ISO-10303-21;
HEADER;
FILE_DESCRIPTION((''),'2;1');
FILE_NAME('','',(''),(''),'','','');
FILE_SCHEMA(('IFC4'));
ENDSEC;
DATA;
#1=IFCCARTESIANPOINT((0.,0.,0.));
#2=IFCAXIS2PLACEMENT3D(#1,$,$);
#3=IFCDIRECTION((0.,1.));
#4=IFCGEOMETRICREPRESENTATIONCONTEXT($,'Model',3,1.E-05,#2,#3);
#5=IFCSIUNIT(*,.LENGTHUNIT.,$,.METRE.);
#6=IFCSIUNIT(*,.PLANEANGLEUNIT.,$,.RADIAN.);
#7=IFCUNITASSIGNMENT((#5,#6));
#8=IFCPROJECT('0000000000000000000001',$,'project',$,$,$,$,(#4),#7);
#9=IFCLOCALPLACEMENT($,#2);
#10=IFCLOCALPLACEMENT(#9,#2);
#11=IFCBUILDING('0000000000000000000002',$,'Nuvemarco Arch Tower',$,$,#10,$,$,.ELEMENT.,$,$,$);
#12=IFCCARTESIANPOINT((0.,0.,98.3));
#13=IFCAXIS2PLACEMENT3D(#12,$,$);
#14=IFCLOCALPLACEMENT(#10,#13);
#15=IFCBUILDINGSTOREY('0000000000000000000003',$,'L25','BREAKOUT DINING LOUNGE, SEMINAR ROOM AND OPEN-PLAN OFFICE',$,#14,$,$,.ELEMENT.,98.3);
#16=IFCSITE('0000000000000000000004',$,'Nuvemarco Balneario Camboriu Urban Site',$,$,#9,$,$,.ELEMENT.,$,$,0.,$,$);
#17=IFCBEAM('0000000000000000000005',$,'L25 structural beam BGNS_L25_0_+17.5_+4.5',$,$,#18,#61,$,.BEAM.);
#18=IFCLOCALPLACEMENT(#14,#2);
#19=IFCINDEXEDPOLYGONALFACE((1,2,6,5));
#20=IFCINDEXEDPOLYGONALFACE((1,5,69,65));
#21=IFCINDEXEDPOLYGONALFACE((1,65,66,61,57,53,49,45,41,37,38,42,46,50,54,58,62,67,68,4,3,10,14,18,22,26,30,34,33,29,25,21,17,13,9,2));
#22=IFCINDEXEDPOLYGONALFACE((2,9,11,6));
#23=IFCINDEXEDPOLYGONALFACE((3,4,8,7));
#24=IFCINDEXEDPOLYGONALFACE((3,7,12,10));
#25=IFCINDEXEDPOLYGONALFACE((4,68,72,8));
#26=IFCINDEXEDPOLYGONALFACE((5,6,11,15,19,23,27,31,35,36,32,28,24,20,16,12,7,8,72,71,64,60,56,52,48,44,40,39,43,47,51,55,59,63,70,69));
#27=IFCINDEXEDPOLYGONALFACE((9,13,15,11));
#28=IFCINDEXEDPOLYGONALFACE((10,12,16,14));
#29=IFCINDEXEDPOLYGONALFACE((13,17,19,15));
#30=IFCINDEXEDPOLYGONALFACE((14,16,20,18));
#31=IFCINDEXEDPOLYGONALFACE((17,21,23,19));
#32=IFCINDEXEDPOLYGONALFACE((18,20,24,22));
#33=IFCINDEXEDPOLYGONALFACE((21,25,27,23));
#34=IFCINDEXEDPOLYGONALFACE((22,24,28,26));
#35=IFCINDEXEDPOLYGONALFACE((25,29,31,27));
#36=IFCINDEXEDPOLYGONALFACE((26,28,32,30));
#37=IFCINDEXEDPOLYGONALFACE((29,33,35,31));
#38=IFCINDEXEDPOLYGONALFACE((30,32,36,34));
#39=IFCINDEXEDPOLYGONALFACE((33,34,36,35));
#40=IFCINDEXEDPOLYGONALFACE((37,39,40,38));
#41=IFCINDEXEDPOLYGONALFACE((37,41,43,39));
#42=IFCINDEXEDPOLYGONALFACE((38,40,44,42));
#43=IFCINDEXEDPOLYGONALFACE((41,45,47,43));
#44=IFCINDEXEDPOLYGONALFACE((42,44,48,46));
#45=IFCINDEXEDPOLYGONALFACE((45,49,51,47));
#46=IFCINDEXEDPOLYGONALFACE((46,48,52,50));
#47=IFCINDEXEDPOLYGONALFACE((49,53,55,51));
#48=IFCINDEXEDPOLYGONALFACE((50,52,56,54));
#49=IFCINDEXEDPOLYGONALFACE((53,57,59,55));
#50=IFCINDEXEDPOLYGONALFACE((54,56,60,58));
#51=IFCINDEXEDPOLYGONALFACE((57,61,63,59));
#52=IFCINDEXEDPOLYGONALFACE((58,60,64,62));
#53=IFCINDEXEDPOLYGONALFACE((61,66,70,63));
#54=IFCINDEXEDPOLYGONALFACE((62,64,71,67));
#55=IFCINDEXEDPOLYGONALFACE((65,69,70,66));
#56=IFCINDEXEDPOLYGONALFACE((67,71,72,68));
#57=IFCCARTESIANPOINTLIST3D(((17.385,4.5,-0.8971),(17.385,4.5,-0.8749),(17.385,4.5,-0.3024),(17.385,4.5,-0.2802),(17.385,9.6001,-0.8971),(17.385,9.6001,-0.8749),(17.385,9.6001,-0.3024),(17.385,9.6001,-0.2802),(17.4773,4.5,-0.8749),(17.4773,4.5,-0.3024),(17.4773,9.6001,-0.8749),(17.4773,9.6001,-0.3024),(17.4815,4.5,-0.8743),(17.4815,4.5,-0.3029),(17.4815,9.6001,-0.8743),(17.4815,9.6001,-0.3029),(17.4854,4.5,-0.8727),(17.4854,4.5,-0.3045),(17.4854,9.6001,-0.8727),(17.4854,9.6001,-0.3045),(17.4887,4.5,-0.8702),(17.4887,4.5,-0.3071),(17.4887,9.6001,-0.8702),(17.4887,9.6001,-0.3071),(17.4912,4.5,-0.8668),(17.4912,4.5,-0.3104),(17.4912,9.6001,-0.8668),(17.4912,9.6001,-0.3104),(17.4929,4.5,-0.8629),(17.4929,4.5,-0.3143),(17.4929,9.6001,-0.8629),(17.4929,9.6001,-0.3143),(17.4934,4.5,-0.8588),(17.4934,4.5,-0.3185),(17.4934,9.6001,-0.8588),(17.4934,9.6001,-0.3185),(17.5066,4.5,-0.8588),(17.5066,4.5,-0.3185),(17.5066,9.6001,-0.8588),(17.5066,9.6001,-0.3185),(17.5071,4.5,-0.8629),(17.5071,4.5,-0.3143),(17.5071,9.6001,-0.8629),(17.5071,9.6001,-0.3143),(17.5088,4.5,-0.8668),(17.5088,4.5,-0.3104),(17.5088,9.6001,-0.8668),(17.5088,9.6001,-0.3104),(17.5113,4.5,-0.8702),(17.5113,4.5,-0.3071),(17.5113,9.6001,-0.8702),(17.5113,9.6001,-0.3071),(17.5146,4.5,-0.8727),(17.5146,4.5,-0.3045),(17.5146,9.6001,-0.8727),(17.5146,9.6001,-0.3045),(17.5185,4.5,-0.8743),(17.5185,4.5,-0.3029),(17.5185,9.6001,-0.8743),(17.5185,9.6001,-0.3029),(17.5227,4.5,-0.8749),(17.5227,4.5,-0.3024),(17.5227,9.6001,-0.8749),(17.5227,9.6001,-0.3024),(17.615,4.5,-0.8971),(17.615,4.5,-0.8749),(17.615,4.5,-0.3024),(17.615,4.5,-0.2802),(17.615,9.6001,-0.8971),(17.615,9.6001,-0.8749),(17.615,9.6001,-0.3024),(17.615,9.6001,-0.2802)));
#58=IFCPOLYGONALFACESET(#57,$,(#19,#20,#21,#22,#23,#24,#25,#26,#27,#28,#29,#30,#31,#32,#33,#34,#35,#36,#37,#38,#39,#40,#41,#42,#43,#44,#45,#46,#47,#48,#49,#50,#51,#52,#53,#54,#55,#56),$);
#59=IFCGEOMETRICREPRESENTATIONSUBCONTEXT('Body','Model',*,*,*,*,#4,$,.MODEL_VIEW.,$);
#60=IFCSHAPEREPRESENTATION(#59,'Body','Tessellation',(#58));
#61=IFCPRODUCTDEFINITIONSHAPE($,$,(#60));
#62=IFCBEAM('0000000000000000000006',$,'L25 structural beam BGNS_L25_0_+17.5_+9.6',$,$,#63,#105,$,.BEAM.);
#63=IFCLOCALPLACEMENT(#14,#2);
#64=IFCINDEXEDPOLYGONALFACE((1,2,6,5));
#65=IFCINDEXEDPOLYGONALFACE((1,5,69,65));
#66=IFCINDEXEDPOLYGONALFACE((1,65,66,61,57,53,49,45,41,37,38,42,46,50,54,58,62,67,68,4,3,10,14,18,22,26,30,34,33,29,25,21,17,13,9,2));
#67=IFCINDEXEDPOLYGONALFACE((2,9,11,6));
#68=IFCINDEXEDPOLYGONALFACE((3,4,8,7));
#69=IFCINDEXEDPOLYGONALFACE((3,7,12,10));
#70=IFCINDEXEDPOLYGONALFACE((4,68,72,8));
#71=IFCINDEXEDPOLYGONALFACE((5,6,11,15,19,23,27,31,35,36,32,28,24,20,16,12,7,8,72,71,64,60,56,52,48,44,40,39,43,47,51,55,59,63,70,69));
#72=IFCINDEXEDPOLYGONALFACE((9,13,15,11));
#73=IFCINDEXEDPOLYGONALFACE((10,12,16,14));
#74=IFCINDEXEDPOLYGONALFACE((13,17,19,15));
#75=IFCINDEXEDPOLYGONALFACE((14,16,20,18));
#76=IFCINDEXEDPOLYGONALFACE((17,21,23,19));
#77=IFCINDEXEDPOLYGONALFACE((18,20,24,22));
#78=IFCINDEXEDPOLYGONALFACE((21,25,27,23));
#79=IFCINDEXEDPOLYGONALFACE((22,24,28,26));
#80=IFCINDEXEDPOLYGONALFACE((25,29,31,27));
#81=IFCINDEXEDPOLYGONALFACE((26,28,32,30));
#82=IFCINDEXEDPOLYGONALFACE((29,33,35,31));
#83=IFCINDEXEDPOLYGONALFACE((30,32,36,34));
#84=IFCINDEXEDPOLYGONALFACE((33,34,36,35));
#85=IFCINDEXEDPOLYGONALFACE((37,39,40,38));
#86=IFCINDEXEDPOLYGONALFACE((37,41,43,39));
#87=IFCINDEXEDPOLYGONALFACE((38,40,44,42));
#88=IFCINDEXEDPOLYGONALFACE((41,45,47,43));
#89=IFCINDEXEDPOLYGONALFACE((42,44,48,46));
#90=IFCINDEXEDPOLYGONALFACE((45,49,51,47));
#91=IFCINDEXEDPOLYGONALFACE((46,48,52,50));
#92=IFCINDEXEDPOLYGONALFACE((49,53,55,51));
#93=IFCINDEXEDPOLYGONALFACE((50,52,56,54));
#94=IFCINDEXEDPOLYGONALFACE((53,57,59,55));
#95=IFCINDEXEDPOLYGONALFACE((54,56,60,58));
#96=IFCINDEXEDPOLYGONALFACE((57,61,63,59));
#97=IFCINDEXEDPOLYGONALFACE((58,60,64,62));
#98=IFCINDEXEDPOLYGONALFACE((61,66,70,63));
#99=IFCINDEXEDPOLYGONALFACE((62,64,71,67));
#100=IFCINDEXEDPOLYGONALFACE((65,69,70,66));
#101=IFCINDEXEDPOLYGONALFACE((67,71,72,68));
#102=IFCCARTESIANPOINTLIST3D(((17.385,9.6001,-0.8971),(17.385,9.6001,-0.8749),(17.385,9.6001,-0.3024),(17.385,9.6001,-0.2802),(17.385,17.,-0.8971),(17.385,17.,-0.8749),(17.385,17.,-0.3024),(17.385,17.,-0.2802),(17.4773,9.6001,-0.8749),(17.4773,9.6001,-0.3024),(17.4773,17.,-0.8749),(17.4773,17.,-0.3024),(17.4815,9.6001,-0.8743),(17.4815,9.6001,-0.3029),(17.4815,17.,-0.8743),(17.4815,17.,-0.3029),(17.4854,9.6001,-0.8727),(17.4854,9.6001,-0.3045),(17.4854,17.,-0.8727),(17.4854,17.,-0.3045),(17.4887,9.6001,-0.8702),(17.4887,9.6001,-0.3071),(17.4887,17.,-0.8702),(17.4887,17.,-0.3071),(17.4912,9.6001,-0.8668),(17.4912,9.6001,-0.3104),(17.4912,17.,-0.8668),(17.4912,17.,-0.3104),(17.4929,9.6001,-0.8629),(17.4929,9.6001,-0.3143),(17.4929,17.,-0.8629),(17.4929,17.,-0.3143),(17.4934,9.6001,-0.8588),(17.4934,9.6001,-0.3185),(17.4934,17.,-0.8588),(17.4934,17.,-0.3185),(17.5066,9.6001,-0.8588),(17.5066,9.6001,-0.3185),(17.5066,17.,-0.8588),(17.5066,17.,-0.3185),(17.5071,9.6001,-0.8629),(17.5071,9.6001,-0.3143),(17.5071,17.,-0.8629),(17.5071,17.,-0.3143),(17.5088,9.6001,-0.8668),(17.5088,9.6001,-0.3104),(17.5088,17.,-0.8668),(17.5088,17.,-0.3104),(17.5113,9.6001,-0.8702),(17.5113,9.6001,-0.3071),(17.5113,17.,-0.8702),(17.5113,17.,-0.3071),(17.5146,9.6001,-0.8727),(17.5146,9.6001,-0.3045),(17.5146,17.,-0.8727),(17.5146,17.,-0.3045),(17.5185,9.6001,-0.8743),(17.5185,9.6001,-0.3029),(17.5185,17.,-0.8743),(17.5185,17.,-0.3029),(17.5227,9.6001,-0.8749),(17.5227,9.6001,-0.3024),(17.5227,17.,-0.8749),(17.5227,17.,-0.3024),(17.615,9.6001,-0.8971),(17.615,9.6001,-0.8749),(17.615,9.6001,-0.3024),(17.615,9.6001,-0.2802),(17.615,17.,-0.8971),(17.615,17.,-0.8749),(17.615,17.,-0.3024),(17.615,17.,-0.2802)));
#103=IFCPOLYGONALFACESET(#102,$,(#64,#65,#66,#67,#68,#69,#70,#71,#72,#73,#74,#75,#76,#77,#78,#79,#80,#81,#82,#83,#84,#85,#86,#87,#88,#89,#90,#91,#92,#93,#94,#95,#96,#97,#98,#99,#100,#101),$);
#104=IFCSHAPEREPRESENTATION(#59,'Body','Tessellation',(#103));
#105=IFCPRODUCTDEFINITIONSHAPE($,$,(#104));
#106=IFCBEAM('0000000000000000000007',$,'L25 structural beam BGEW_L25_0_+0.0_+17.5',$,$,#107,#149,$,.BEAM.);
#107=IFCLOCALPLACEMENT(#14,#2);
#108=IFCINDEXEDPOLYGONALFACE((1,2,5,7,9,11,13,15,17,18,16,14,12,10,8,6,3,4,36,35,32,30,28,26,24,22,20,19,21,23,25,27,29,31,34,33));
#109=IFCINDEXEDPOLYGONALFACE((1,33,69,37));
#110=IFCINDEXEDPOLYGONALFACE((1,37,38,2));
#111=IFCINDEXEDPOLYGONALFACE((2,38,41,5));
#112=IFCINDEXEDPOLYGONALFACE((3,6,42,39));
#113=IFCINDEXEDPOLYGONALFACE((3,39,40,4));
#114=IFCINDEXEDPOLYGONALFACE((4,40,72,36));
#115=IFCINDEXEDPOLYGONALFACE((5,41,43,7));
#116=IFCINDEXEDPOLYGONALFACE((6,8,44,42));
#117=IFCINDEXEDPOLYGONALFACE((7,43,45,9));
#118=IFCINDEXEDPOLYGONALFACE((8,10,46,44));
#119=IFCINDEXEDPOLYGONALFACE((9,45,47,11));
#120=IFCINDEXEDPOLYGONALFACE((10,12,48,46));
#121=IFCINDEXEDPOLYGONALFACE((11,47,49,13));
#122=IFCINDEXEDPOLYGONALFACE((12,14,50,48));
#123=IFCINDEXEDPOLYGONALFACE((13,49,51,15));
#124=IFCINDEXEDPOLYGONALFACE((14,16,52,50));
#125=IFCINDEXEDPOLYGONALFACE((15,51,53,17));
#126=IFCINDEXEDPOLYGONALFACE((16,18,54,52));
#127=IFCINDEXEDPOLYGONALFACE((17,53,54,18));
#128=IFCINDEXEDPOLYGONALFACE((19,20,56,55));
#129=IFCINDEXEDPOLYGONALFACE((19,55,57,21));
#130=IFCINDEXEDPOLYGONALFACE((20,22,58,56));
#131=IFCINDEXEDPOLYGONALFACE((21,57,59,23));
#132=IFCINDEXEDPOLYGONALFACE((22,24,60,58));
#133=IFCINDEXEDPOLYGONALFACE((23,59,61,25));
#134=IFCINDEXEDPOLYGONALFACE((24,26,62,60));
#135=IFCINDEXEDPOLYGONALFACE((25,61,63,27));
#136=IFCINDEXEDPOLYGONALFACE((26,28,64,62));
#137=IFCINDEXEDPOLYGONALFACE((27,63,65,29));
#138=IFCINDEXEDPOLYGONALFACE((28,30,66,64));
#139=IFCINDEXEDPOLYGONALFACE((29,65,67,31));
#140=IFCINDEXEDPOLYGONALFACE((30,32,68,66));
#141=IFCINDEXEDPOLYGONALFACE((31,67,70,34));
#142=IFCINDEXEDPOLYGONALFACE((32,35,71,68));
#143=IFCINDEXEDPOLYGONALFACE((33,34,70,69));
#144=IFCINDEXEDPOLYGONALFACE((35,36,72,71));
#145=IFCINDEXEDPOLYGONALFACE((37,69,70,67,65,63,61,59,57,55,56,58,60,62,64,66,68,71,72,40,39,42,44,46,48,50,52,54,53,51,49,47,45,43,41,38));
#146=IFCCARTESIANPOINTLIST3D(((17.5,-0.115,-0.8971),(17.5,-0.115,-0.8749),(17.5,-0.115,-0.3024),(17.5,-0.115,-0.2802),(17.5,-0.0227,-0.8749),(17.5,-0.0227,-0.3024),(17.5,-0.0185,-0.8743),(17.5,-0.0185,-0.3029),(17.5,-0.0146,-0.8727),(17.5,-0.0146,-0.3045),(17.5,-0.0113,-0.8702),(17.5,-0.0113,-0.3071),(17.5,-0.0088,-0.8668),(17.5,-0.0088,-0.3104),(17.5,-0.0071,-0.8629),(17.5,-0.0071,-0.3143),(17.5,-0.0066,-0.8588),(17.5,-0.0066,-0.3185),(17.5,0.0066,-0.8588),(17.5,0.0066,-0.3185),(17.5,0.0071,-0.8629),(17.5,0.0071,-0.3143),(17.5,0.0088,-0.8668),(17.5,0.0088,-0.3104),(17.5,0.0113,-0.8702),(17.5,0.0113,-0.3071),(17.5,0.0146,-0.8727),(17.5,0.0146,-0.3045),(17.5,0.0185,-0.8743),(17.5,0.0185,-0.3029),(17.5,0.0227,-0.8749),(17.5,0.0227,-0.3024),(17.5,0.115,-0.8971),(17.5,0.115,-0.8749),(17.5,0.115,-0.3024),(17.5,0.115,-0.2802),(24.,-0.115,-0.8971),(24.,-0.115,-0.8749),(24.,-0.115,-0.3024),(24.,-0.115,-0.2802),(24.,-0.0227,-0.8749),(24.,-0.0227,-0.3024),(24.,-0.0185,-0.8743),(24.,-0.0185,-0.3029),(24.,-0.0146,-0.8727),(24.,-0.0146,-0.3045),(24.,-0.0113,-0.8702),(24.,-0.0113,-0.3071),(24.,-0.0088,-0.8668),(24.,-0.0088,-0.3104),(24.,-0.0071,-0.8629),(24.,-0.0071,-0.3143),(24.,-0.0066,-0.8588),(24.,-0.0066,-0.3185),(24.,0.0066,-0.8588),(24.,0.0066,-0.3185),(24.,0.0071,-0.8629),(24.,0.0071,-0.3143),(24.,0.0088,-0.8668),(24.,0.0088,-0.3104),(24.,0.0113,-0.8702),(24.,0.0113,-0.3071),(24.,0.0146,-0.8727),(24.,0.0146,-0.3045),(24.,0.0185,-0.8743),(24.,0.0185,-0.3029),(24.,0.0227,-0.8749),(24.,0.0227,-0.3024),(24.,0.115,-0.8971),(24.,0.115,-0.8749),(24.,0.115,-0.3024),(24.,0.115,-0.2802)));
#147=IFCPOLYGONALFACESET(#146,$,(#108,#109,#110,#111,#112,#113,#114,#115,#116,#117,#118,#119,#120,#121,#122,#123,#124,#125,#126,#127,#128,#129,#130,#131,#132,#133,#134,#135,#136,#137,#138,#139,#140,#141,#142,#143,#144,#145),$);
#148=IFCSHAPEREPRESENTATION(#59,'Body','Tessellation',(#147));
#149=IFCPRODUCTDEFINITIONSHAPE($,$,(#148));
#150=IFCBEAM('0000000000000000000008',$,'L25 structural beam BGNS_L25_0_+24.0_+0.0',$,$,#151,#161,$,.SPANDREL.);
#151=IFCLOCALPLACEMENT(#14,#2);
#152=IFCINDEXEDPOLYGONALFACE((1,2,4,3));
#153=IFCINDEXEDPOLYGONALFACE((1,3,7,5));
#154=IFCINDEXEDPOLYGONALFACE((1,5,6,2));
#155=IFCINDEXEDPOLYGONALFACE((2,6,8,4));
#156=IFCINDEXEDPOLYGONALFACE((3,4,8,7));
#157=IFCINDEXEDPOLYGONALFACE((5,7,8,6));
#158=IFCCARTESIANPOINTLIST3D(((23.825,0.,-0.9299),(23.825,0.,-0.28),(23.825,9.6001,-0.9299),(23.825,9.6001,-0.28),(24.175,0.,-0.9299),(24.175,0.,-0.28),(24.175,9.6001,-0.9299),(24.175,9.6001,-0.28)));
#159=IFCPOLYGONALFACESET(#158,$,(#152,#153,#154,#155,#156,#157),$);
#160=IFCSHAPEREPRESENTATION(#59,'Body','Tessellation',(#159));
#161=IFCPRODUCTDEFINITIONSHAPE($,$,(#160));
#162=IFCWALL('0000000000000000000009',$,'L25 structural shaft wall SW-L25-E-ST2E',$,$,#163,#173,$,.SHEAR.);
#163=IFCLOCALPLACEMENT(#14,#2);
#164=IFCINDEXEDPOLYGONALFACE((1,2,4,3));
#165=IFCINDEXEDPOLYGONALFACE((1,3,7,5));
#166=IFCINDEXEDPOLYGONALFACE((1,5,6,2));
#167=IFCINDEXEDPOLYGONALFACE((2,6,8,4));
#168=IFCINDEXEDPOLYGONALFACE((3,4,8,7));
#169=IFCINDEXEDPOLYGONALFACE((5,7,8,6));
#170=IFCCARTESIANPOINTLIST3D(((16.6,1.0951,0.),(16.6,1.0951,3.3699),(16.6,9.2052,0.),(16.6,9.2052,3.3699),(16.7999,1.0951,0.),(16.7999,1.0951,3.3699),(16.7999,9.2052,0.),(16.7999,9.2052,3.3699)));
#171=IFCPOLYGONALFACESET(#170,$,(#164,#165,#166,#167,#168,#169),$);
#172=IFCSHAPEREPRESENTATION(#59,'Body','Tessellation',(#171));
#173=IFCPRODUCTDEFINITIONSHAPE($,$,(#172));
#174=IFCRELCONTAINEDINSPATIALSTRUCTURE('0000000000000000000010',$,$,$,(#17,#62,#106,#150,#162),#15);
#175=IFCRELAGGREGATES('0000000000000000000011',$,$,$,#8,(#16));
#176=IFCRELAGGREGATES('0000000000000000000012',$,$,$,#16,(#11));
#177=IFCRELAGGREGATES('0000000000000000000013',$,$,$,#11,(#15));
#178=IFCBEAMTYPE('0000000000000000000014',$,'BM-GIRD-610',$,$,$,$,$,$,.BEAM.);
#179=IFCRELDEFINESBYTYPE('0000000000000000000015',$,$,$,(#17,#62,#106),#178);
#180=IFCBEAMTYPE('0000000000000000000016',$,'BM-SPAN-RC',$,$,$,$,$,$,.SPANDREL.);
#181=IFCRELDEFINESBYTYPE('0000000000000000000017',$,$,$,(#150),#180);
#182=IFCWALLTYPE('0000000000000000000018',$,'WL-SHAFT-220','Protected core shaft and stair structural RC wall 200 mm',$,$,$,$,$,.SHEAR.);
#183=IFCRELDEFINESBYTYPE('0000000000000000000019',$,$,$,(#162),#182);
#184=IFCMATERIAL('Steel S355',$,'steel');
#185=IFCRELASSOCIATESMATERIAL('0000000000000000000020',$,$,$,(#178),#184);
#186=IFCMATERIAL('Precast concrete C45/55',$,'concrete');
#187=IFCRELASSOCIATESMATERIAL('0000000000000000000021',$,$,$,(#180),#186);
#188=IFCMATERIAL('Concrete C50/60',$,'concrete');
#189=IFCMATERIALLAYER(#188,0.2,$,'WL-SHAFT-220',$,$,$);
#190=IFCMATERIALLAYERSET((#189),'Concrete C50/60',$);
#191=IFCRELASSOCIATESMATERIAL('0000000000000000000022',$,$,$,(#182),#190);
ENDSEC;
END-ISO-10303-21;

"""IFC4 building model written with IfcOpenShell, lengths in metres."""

from ifc_helpers import new_model, si_unit, direction, frame, frame_2d, origin, origin_2d, place, context, subcontext, project, spatial, rectangle, i_section, extrude, material, layer, layer_set, material_profile, profile_set, type_object, element, save


model = new_model("IFC4")

# Units and contexts
model_context = context("Model", 3, precision=1e-05, world=origin(), true_north=direction((0.0, 1.0)))
body_context = subcontext(model_context, "Body", "Model", "MODEL_VIEW")
ifc_project = project(units=[si_unit("LENGTHUNIT", "METRE"), si_unit("PLANEANGLEUNIT", "RADIAN")], contexts=[model_context])

# Site, building, storey
site_placement = place(None, origin())
site = spatial("IfcSite", under=ifc_project, at=site_placement, Name="Nuvemarco Balneario Camboriu Urban Site", CompositionType="ELEMENT", RefElevation=0.0)
building_placement = place(site_placement, origin())
building = spatial("IfcBuilding", under=site, at=building_placement, Name="Nuvemarco Arch Tower", CompositionType="ELEMENT")
storey_placement = place(building_placement, frame((0.0, 0.0, 98.3)))
storey = spatial("IfcBuildingStorey", under=building, at=storey_placement, Name="L25", Description="BREAKOUT DINING LOUNGE, SEMINAR ROOM AND OPEN-PLAN OFFICE", CompositionType="ELEMENT", Elevation=98.3)

# Shared definitions
ifc_material_1 = material(Name="Steel S355", Category="steel")

# Beams
ifc_material_profile_1 = material_profile(ifc_material_1, i_section(OverallWidth=0.23, OverallDepth=0.6169, WebThickness=0.0132, FlangeThickness=0.0222, FilletRadius=0.0161, at=origin_2d()), Name="W610x140")
ifc_profile_set_1 = profile_set([ifc_material_profile_1], Name="Steel S355")
beam_type_1 = type_object("IfcBeamType", Name="BM-GIRD-610", PredefinedType="BEAM", material=ifc_profile_set_1)
beam_1_placement = place(storey_placement, frame((17.5, 4.5, -0.5886), z_axis=(0.0, 1.0, 0.0), x_axis=(-1.0, 0.0, 0.0)))
element("IfcBeam", 1, at=beam_1_placement, inside=storey, type_object=beam_type_1, Name="L25 structural beam BGNS_L25_0_+17.5_+4.5", PredefinedType="BEAM", context=body_context, shape_type="SweptSolid", body=[
    extrude(i_section(OverallWidth=0.23, OverallDepth=0.6169, WebThickness=0.0132, FlangeThickness=0.0222, FilletRadius=0.0161, at=origin_2d()), origin(), (0.0, 0.0, 1.0), 5.1001),
])
beam_2_placement = place(storey_placement, frame((17.5, 9.6001, -0.5886), z_axis=(0.0, 1.0, 0.0), x_axis=(-1.0, 0.0, 0.0)))
element("IfcBeam", 2, at=beam_2_placement, inside=storey, type_object=beam_type_1, Name="L25 structural beam BGNS_L25_0_+17.5_+9.6", PredefinedType="BEAM", context=body_context, shape_type="SweptSolid", body=[
    extrude(i_section(OverallWidth=0.23, OverallDepth=0.6169, WebThickness=0.0132, FlangeThickness=0.0222, FilletRadius=0.0161, at=origin_2d()), origin(), (0.0, 0.0, 1.0), 7.3999),
])
beam_3_placement = place(storey_placement, frame((17.5, 0.0, -0.5886), z_axis=(1.0, 0.0, 0.0), x_axis=(0.0, 1.0, 0.0)))
element("IfcBeam", 3, at=beam_3_placement, inside=storey, type_object=beam_type_1, Name="L25 structural beam BGEW_L25_0_+0.0_+17.5", PredefinedType="BEAM", context=body_context, shape_type="SweptSolid", body=[
    extrude(i_section(OverallWidth=0.23, OverallDepth=0.6169, WebThickness=0.0132, FlangeThickness=0.0222, FilletRadius=0.0161, at=origin_2d()), origin(), (0.0, 0.0, 1.0), 6.5),
])
ifc_material_2 = material(Name="Precast concrete C45/55", Category="concrete")
ifc_material_profile_2 = material_profile(ifc_material_2, rectangle(XDim=0.3501, YDim=0.6499, at=origin_2d()), Name="PC-SP-350x650")
ifc_profile_set_2 = profile_set([ifc_material_profile_2], Name="Precast concrete C45/55")
beam_type_2 = type_object("IfcBeamType", Name="BM-SPAN-RC", PredefinedType="SPANDREL", material=ifc_profile_set_2)
beam_4_placement = place(storey_placement, frame((24.0, 0.0, -0.605), z_axis=(0.0, 1.0, 0.0), x_axis=(-1.0, 0.0, 0.0)))
element("IfcBeam", 4, at=beam_4_placement, inside=storey, type_object=beam_type_2, Name="L25 structural beam BGNS_L25_0_+24.0_+0.0", PredefinedType="SPANDREL", context=body_context, shape_type="SweptSolid", body=[
    extrude(rectangle(XDim=0.3501, YDim=0.6499, at=origin_2d()), origin(), (0.0, 0.0, 1.0), 9.6001),
])

# Wall
ifc_material_3 = material(Name="Concrete C50/60", Category="concrete")
ifc_layer = layer(ifc_material_3, 0.2, Name="WL-SHAFT-220")
ifc_layer_set = layer_set([ifc_layer], Name="Concrete C50/60")
wall_type = type_object("IfcWallType", Name="WL-SHAFT-220", Description="Protected core shaft and stair structural RC wall 200 mm", PredefinedType="SHEAR", material=ifc_layer_set)
wall_placement = place(storey_placement, frame((16.7, 1.095, 0.0), z_axis=(0.0, 0.0, 1.0), x_axis=(0.0, 1.0, 0.0)))
element("IfcWall", 5, at=wall_placement, inside=storey, type_object=wall_type, Name="L25 structural shaft wall SW-L25-E-ST2E", PredefinedType="SHEAR", context=body_context, shape_type="SweptSolid", body=[
    extrude(rectangle(XDim=8.1101, YDim=0.2, at=frame_2d((4.0552, 0.0))), origin(), (0.0, 0.0, 1.0), 3.3699),
])

save(model, "model.ifc")
